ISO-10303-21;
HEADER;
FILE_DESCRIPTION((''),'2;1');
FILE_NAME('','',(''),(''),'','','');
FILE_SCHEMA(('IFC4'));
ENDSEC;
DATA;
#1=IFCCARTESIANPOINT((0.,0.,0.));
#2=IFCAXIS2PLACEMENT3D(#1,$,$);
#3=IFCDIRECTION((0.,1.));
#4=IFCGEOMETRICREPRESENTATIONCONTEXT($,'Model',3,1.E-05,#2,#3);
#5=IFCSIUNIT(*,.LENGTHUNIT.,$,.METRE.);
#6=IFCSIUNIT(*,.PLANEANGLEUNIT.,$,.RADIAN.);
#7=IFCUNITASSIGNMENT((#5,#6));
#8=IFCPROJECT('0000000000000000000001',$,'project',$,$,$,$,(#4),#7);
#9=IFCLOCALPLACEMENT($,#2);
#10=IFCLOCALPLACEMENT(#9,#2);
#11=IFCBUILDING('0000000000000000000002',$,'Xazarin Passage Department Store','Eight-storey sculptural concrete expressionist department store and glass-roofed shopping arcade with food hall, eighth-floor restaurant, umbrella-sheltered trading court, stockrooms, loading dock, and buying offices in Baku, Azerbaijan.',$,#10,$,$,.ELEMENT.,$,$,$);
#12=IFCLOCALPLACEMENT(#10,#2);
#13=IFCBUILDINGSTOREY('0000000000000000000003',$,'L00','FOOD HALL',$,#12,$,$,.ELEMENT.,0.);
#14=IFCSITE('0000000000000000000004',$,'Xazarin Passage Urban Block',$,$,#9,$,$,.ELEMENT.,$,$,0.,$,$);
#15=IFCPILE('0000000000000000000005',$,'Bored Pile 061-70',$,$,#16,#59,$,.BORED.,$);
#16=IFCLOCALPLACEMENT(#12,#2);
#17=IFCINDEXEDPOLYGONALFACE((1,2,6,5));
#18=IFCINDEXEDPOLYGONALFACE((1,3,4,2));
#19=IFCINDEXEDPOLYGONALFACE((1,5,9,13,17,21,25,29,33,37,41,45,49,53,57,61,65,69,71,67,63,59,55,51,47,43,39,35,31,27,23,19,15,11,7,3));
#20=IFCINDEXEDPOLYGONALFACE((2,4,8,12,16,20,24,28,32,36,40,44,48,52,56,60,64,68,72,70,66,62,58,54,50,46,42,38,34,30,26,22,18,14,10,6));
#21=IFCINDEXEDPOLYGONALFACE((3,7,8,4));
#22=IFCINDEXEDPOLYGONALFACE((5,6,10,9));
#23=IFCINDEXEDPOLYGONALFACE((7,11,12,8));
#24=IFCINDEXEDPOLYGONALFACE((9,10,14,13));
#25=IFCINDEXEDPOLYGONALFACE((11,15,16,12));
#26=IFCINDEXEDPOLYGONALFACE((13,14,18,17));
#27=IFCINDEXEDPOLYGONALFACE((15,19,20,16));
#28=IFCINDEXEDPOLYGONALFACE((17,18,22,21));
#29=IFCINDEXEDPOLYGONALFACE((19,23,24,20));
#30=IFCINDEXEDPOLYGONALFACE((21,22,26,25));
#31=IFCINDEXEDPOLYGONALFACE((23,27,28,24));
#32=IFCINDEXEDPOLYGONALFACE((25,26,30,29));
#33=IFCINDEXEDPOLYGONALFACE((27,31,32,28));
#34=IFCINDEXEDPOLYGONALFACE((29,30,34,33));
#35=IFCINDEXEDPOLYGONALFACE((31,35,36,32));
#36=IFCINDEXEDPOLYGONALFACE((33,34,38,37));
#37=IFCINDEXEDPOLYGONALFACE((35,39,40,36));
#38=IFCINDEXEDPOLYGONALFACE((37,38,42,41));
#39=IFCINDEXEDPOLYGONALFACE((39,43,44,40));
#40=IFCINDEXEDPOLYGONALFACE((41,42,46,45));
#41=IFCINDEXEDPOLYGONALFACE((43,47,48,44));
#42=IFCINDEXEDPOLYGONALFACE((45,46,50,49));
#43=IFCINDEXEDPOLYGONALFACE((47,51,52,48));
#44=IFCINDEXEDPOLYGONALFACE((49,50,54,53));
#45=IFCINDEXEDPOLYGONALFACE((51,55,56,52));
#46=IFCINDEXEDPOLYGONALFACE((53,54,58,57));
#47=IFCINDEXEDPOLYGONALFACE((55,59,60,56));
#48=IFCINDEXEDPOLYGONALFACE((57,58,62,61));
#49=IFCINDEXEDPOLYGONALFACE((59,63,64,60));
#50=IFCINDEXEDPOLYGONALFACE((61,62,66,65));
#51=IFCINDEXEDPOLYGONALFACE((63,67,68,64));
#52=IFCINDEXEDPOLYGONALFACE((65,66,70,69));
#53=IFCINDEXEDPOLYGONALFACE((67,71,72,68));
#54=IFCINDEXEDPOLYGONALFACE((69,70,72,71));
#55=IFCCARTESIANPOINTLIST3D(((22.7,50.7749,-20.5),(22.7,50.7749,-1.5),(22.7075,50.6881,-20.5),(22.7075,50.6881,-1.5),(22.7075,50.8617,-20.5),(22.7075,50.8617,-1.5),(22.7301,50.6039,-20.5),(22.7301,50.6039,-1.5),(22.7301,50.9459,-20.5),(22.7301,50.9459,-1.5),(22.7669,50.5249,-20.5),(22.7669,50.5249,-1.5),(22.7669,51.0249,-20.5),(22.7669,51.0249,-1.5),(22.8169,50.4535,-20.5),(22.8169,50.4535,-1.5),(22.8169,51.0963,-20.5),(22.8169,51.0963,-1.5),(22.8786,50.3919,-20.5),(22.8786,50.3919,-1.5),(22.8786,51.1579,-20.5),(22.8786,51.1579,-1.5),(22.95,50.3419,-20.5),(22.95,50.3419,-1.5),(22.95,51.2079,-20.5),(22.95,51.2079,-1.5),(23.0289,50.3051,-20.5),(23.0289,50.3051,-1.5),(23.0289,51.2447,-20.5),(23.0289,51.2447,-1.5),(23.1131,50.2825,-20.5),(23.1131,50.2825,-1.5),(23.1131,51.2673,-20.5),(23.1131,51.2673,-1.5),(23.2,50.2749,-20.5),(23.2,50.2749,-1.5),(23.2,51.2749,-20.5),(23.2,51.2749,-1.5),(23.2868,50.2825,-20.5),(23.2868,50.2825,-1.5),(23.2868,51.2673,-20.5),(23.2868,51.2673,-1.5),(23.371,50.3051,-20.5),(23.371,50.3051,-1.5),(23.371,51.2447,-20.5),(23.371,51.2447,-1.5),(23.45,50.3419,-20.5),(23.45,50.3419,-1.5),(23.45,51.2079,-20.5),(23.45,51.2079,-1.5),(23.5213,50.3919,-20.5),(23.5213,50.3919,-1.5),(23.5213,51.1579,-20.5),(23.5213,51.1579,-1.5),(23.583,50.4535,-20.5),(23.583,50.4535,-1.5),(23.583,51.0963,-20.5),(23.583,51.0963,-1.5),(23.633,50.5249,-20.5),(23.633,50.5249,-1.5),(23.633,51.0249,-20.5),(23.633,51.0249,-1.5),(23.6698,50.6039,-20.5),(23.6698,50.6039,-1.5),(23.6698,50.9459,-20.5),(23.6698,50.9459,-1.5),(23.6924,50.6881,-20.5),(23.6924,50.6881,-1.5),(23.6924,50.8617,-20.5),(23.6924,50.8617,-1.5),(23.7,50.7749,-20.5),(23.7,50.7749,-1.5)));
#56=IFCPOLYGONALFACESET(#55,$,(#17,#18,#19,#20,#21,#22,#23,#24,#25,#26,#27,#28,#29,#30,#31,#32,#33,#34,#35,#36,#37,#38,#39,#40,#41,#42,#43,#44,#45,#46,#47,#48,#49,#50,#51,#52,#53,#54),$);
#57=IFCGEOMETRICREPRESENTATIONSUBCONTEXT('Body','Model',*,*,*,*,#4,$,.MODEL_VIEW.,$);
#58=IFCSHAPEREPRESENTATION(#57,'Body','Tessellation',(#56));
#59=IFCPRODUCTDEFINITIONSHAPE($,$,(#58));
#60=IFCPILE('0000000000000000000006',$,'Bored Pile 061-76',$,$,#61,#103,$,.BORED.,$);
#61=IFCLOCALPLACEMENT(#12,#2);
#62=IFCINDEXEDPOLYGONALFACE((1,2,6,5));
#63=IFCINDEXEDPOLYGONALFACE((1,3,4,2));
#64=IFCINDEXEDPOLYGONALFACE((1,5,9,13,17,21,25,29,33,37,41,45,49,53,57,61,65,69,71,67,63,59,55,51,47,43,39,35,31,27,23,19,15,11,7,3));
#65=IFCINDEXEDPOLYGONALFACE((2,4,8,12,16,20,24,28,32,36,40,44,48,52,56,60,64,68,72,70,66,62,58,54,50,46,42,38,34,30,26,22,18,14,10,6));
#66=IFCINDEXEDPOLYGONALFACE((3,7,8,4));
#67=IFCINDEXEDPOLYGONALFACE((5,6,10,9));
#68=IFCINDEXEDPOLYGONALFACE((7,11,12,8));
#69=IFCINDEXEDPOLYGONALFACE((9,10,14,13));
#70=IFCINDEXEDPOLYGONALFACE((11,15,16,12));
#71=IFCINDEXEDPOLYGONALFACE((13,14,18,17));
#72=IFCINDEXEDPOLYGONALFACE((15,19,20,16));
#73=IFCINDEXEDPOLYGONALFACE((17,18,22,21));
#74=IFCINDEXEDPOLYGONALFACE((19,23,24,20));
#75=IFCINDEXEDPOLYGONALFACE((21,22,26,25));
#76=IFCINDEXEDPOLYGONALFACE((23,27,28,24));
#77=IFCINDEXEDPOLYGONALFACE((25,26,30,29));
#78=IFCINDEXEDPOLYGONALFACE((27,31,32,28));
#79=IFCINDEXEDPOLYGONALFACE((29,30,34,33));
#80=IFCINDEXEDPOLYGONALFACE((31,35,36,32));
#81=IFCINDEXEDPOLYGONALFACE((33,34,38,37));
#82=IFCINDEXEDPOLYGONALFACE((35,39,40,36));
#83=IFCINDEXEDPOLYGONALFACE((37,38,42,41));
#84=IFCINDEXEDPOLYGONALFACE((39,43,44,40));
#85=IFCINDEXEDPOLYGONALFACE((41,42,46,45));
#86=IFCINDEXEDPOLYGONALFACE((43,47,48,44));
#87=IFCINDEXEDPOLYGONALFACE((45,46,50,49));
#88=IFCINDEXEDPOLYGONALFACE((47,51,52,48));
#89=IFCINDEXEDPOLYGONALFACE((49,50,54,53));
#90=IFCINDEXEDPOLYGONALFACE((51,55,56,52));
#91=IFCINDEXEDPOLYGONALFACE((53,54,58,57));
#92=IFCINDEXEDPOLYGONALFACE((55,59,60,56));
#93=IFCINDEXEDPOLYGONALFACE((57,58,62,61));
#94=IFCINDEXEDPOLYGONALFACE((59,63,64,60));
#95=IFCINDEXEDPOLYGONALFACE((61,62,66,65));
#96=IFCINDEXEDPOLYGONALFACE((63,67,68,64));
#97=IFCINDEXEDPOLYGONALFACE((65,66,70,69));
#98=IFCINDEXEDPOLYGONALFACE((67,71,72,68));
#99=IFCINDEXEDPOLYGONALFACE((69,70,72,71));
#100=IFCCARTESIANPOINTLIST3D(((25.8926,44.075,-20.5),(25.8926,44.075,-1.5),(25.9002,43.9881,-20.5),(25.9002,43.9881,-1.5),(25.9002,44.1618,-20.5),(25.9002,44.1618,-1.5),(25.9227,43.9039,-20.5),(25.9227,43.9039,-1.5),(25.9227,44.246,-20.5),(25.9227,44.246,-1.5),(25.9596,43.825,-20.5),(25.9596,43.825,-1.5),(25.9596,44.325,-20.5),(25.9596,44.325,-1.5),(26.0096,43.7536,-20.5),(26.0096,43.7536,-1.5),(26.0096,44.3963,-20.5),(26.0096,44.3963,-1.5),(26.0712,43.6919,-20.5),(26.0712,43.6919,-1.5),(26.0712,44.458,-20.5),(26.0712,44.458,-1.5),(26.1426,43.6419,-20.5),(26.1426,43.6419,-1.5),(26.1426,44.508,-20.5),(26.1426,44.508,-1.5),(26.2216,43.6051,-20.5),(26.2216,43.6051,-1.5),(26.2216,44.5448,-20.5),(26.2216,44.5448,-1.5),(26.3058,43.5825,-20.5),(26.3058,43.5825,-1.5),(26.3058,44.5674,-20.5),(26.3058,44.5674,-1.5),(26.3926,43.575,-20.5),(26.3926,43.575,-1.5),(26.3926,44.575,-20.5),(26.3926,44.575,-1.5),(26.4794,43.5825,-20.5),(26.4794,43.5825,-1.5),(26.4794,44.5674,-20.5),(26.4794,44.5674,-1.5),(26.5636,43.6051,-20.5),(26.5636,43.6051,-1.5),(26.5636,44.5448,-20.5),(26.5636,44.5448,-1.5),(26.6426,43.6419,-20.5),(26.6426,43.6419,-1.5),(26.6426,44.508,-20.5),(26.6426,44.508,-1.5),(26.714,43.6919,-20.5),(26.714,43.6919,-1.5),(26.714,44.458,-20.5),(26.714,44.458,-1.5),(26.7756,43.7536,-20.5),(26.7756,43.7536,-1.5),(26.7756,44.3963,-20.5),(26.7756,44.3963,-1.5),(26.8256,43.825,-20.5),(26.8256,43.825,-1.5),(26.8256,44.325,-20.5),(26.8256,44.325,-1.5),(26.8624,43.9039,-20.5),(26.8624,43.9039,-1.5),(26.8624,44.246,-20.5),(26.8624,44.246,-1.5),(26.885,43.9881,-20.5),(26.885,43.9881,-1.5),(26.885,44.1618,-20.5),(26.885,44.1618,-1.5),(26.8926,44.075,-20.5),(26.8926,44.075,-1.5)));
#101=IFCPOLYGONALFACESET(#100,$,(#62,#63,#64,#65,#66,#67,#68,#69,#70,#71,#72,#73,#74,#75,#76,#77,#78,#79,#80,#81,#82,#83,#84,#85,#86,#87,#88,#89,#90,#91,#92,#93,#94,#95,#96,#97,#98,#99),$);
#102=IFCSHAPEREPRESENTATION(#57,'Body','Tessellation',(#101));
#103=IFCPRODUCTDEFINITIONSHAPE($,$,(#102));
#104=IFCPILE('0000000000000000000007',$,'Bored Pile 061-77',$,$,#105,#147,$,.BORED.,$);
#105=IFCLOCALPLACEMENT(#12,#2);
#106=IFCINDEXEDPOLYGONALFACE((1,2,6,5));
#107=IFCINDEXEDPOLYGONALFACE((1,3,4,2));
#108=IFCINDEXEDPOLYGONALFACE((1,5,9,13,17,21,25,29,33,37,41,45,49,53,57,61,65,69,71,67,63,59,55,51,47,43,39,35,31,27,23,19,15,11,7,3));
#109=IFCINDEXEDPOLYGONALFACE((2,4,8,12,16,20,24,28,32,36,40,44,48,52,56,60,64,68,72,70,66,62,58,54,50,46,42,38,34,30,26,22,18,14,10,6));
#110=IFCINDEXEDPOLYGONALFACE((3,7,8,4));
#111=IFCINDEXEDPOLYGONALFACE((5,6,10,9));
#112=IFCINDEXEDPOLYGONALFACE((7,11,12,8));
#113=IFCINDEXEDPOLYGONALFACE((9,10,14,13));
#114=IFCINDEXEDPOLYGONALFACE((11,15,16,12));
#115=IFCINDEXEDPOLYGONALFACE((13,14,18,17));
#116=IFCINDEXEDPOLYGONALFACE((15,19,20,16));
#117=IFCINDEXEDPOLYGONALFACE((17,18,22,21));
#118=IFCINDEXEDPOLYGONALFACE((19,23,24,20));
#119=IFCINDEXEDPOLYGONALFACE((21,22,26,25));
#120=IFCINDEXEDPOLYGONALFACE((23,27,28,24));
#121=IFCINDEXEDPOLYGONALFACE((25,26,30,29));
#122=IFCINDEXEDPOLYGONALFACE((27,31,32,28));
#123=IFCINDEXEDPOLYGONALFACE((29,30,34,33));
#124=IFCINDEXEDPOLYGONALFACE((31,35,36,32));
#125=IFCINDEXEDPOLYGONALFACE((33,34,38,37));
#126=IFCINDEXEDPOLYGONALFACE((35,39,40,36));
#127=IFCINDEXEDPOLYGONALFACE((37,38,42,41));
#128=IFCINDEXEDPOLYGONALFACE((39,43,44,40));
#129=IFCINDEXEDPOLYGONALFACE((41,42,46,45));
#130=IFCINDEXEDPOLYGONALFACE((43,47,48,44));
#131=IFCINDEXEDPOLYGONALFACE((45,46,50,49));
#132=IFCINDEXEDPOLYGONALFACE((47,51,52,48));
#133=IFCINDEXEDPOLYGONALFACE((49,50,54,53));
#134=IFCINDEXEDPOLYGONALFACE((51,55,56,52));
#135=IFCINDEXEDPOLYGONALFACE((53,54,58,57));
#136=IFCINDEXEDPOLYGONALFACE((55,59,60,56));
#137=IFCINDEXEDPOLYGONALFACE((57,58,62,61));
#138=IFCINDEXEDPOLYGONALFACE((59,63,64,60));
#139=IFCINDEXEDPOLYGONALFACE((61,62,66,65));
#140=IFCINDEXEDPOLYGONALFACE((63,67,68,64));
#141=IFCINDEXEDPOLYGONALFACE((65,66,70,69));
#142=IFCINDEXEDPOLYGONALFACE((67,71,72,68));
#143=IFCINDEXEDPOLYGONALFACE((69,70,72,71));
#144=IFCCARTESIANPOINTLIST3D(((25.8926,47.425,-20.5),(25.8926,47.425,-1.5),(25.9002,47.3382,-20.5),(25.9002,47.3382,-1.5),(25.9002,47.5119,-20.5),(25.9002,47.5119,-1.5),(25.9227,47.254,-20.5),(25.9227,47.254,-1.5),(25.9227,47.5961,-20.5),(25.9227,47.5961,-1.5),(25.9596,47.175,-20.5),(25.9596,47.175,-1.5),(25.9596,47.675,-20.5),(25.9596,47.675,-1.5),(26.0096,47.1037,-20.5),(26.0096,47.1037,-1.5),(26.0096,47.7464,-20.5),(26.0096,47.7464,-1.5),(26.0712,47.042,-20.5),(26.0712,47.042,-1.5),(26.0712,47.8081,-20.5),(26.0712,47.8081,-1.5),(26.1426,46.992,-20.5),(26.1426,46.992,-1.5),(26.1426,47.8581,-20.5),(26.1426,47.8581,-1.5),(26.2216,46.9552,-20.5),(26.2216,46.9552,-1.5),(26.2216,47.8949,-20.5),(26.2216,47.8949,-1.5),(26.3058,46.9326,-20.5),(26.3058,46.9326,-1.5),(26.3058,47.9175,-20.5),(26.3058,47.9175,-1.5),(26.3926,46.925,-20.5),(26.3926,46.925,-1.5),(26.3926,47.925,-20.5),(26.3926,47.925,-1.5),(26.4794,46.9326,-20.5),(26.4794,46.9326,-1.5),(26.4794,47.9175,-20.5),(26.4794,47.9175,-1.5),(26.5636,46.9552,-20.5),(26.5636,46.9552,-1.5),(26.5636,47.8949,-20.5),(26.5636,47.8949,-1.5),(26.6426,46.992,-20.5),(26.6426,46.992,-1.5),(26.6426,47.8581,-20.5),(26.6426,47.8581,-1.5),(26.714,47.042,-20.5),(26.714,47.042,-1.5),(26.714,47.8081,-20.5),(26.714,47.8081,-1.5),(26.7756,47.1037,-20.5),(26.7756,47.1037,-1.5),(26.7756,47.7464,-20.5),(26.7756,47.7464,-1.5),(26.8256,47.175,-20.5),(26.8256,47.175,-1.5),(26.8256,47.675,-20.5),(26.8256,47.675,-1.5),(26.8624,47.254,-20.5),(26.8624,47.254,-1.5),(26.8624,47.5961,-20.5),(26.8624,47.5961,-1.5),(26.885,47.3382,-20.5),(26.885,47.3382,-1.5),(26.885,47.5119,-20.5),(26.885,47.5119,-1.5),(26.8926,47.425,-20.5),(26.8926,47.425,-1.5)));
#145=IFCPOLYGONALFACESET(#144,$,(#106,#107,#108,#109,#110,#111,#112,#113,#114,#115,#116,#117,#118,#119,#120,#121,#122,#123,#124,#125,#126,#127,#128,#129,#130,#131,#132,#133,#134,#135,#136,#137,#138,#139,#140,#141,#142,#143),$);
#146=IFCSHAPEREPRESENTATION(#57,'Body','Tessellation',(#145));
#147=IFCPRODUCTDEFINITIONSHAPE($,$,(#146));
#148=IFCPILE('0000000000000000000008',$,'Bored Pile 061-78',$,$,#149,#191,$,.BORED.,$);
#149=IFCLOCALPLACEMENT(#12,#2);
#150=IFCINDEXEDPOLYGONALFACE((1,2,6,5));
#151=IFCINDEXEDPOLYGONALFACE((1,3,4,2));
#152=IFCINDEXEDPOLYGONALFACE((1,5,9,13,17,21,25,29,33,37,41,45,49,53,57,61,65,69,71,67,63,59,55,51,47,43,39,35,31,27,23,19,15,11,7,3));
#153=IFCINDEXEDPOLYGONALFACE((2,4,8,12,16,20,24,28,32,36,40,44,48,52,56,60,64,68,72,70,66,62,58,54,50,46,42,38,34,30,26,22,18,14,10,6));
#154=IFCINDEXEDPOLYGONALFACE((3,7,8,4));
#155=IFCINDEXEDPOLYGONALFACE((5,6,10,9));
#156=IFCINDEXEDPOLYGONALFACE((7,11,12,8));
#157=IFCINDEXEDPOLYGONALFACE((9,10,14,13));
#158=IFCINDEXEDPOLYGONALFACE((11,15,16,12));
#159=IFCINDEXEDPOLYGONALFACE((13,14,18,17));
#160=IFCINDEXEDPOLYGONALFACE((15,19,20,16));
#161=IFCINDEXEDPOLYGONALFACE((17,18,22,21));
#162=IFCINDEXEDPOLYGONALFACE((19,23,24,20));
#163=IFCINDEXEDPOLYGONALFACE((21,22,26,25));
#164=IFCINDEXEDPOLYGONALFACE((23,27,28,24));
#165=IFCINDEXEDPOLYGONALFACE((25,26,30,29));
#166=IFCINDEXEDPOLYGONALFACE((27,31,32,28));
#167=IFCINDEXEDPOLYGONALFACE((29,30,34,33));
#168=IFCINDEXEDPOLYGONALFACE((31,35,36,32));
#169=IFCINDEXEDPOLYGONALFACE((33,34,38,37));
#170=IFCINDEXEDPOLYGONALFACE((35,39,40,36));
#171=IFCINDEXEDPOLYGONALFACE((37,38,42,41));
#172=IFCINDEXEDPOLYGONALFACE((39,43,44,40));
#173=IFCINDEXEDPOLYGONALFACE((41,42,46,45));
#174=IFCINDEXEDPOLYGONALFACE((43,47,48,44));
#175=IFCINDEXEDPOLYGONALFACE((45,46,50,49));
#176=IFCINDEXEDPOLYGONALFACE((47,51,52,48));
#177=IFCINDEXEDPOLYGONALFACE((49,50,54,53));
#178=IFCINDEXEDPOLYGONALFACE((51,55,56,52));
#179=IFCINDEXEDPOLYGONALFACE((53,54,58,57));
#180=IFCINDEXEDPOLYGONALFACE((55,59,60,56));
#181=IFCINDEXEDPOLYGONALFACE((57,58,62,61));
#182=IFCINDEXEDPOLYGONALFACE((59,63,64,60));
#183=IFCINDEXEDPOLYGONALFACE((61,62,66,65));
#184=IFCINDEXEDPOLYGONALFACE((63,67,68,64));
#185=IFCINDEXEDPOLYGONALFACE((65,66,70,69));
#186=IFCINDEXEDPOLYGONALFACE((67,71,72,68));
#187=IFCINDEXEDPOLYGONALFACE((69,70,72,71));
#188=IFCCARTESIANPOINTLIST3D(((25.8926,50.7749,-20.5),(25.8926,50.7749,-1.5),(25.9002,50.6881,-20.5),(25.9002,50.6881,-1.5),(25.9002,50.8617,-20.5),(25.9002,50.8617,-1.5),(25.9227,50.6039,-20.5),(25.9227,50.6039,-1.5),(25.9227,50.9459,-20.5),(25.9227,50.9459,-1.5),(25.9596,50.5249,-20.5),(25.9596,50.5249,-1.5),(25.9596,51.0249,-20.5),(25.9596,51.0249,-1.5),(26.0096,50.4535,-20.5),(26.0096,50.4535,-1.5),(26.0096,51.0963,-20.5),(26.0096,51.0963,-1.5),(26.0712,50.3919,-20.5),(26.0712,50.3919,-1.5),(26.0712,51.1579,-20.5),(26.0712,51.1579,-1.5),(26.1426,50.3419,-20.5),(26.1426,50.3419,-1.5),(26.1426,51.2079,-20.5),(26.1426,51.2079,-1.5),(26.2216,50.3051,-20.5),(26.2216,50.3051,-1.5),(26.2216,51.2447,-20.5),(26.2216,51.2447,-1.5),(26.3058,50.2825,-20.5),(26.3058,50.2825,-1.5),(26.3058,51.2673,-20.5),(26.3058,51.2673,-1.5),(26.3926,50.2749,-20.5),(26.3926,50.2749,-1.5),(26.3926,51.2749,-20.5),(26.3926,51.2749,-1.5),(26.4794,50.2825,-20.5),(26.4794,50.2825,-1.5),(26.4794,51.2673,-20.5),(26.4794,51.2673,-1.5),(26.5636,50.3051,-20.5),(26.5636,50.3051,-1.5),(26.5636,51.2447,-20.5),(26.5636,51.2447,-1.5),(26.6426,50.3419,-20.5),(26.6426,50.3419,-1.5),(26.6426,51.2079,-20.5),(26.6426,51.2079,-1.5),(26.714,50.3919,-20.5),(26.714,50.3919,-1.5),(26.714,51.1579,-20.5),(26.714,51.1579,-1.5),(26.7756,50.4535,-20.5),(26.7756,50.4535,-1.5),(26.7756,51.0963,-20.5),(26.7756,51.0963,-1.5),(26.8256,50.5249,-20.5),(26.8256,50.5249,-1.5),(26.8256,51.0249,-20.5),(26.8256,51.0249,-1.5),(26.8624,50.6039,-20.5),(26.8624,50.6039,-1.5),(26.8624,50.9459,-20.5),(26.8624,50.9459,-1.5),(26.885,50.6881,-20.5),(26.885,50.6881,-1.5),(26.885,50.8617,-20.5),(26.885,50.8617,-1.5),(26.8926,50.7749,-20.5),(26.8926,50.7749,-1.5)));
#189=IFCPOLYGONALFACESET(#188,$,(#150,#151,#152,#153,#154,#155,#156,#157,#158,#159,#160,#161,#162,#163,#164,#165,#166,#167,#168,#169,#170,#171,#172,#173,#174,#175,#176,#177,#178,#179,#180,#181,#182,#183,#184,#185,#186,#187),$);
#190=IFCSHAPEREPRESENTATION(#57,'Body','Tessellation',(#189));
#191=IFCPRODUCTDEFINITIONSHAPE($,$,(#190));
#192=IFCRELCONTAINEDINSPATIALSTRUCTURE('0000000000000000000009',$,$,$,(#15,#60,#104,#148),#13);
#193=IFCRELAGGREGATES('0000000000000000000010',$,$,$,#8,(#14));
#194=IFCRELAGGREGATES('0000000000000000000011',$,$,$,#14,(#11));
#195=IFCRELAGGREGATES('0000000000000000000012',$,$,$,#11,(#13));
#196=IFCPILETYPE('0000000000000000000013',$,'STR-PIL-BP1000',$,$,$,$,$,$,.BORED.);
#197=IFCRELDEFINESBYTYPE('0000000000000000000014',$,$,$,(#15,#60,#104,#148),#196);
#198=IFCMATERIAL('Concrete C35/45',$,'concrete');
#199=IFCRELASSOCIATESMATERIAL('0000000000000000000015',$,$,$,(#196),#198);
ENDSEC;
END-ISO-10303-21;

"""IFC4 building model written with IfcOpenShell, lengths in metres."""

from ifc_helpers import new_model, si_unit, direction, frame, origin, origin_2d, place, context, subcontext, project, spatial, circle, extrude, material, material_profile, profile_set, type_object, element, save


model = new_model("IFC4")

# Units and contexts
model_context = context("Model", 3, precision=1e-05, world=origin(), true_north=direction((0.0, 1.0)))
body_context = subcontext(model_context, "Body", "Model", "MODEL_VIEW")
ifc_project = project(units=[si_unit("LENGTHUNIT", "METRE"), si_unit("PLANEANGLEUNIT", "RADIAN")], contexts=[model_context])

# Site, building, storey
site_placement = place(None, origin())
site = spatial("IfcSite", under=ifc_project, at=site_placement, Name="Xazarin Passage Urban Block", CompositionType="ELEMENT", RefElevation=0.0)
building_placement = place(site_placement, origin())
building = spatial("IfcBuilding", under=site, at=building_placement, Name="Xazarin Passage Department Store", Description="Eight-storey sculptural concrete expressionist department store and glass-roofed shopping arcade with food hall, eighth-floor restaurant, umbrella-sheltered trading court, stockrooms, loading dock, and buying offices in Baku, Azerbaijan.", CompositionType="ELEMENT")
storey_placement = place(building_placement, origin())
storey = spatial("IfcBuildingStorey", under=building, at=storey_placement, Name="L00", Description="FOOD HALL", CompositionType="ELEMENT", Elevation=0.0)

# Shared definitions
ifc_material_1 = material(Name="Concrete C35/45", Category="concrete")

# Piles
ifc_material_profile_1 = material_profile(ifc_material_1, circle(Radius=0.5, at=origin_2d()), Name="BP 1000")
ifc_profile_set_1 = profile_set([ifc_material_profile_1], Name="Concrete C35/45")
pile_type_1 = type_object("IfcPileType", Name="STR-PIL-BP1000", PredefinedType="BORED", material=ifc_profile_set_1)
for number, where, z_axis, x_axis, name in (
    (1, (23.2, 50.7749, -1.5), (0.0, 0.0, -1.0), (1.0, 0.0, 0.0), "Bored Pile 061-70"),
    (2, (26.3926, 44.075, -1.5), (0.0, 0.0, -1.0), (1.0, 0.0, 0.0), "Bored Pile 061-76"),
    (3, (26.3926, 47.425, -1.5), (0.0, 0.0, -1.0), (1.0, 0.0, 0.0), "Bored Pile 061-77"),
    (4, (26.3926, 50.7749, -1.5), (0.0, 0.0, -1.0), (1.0, 0.0, 0.0), "Bored Pile 061-78"),
):
    element("IfcPile", number, at=place(storey_placement, frame(where, z_axis=z_axis, x_axis=x_axis)), inside=storey, type_object=pile_type_1, Name=name, PredefinedType="BORED", context=body_context, shape_type="SweptSolid", body=[
        extrude(circle(Radius=0.5, at=origin_2d()), origin(), (0.0, 0.0, 1.0), 19.0),
    ])

save(model, "model.ifc")
